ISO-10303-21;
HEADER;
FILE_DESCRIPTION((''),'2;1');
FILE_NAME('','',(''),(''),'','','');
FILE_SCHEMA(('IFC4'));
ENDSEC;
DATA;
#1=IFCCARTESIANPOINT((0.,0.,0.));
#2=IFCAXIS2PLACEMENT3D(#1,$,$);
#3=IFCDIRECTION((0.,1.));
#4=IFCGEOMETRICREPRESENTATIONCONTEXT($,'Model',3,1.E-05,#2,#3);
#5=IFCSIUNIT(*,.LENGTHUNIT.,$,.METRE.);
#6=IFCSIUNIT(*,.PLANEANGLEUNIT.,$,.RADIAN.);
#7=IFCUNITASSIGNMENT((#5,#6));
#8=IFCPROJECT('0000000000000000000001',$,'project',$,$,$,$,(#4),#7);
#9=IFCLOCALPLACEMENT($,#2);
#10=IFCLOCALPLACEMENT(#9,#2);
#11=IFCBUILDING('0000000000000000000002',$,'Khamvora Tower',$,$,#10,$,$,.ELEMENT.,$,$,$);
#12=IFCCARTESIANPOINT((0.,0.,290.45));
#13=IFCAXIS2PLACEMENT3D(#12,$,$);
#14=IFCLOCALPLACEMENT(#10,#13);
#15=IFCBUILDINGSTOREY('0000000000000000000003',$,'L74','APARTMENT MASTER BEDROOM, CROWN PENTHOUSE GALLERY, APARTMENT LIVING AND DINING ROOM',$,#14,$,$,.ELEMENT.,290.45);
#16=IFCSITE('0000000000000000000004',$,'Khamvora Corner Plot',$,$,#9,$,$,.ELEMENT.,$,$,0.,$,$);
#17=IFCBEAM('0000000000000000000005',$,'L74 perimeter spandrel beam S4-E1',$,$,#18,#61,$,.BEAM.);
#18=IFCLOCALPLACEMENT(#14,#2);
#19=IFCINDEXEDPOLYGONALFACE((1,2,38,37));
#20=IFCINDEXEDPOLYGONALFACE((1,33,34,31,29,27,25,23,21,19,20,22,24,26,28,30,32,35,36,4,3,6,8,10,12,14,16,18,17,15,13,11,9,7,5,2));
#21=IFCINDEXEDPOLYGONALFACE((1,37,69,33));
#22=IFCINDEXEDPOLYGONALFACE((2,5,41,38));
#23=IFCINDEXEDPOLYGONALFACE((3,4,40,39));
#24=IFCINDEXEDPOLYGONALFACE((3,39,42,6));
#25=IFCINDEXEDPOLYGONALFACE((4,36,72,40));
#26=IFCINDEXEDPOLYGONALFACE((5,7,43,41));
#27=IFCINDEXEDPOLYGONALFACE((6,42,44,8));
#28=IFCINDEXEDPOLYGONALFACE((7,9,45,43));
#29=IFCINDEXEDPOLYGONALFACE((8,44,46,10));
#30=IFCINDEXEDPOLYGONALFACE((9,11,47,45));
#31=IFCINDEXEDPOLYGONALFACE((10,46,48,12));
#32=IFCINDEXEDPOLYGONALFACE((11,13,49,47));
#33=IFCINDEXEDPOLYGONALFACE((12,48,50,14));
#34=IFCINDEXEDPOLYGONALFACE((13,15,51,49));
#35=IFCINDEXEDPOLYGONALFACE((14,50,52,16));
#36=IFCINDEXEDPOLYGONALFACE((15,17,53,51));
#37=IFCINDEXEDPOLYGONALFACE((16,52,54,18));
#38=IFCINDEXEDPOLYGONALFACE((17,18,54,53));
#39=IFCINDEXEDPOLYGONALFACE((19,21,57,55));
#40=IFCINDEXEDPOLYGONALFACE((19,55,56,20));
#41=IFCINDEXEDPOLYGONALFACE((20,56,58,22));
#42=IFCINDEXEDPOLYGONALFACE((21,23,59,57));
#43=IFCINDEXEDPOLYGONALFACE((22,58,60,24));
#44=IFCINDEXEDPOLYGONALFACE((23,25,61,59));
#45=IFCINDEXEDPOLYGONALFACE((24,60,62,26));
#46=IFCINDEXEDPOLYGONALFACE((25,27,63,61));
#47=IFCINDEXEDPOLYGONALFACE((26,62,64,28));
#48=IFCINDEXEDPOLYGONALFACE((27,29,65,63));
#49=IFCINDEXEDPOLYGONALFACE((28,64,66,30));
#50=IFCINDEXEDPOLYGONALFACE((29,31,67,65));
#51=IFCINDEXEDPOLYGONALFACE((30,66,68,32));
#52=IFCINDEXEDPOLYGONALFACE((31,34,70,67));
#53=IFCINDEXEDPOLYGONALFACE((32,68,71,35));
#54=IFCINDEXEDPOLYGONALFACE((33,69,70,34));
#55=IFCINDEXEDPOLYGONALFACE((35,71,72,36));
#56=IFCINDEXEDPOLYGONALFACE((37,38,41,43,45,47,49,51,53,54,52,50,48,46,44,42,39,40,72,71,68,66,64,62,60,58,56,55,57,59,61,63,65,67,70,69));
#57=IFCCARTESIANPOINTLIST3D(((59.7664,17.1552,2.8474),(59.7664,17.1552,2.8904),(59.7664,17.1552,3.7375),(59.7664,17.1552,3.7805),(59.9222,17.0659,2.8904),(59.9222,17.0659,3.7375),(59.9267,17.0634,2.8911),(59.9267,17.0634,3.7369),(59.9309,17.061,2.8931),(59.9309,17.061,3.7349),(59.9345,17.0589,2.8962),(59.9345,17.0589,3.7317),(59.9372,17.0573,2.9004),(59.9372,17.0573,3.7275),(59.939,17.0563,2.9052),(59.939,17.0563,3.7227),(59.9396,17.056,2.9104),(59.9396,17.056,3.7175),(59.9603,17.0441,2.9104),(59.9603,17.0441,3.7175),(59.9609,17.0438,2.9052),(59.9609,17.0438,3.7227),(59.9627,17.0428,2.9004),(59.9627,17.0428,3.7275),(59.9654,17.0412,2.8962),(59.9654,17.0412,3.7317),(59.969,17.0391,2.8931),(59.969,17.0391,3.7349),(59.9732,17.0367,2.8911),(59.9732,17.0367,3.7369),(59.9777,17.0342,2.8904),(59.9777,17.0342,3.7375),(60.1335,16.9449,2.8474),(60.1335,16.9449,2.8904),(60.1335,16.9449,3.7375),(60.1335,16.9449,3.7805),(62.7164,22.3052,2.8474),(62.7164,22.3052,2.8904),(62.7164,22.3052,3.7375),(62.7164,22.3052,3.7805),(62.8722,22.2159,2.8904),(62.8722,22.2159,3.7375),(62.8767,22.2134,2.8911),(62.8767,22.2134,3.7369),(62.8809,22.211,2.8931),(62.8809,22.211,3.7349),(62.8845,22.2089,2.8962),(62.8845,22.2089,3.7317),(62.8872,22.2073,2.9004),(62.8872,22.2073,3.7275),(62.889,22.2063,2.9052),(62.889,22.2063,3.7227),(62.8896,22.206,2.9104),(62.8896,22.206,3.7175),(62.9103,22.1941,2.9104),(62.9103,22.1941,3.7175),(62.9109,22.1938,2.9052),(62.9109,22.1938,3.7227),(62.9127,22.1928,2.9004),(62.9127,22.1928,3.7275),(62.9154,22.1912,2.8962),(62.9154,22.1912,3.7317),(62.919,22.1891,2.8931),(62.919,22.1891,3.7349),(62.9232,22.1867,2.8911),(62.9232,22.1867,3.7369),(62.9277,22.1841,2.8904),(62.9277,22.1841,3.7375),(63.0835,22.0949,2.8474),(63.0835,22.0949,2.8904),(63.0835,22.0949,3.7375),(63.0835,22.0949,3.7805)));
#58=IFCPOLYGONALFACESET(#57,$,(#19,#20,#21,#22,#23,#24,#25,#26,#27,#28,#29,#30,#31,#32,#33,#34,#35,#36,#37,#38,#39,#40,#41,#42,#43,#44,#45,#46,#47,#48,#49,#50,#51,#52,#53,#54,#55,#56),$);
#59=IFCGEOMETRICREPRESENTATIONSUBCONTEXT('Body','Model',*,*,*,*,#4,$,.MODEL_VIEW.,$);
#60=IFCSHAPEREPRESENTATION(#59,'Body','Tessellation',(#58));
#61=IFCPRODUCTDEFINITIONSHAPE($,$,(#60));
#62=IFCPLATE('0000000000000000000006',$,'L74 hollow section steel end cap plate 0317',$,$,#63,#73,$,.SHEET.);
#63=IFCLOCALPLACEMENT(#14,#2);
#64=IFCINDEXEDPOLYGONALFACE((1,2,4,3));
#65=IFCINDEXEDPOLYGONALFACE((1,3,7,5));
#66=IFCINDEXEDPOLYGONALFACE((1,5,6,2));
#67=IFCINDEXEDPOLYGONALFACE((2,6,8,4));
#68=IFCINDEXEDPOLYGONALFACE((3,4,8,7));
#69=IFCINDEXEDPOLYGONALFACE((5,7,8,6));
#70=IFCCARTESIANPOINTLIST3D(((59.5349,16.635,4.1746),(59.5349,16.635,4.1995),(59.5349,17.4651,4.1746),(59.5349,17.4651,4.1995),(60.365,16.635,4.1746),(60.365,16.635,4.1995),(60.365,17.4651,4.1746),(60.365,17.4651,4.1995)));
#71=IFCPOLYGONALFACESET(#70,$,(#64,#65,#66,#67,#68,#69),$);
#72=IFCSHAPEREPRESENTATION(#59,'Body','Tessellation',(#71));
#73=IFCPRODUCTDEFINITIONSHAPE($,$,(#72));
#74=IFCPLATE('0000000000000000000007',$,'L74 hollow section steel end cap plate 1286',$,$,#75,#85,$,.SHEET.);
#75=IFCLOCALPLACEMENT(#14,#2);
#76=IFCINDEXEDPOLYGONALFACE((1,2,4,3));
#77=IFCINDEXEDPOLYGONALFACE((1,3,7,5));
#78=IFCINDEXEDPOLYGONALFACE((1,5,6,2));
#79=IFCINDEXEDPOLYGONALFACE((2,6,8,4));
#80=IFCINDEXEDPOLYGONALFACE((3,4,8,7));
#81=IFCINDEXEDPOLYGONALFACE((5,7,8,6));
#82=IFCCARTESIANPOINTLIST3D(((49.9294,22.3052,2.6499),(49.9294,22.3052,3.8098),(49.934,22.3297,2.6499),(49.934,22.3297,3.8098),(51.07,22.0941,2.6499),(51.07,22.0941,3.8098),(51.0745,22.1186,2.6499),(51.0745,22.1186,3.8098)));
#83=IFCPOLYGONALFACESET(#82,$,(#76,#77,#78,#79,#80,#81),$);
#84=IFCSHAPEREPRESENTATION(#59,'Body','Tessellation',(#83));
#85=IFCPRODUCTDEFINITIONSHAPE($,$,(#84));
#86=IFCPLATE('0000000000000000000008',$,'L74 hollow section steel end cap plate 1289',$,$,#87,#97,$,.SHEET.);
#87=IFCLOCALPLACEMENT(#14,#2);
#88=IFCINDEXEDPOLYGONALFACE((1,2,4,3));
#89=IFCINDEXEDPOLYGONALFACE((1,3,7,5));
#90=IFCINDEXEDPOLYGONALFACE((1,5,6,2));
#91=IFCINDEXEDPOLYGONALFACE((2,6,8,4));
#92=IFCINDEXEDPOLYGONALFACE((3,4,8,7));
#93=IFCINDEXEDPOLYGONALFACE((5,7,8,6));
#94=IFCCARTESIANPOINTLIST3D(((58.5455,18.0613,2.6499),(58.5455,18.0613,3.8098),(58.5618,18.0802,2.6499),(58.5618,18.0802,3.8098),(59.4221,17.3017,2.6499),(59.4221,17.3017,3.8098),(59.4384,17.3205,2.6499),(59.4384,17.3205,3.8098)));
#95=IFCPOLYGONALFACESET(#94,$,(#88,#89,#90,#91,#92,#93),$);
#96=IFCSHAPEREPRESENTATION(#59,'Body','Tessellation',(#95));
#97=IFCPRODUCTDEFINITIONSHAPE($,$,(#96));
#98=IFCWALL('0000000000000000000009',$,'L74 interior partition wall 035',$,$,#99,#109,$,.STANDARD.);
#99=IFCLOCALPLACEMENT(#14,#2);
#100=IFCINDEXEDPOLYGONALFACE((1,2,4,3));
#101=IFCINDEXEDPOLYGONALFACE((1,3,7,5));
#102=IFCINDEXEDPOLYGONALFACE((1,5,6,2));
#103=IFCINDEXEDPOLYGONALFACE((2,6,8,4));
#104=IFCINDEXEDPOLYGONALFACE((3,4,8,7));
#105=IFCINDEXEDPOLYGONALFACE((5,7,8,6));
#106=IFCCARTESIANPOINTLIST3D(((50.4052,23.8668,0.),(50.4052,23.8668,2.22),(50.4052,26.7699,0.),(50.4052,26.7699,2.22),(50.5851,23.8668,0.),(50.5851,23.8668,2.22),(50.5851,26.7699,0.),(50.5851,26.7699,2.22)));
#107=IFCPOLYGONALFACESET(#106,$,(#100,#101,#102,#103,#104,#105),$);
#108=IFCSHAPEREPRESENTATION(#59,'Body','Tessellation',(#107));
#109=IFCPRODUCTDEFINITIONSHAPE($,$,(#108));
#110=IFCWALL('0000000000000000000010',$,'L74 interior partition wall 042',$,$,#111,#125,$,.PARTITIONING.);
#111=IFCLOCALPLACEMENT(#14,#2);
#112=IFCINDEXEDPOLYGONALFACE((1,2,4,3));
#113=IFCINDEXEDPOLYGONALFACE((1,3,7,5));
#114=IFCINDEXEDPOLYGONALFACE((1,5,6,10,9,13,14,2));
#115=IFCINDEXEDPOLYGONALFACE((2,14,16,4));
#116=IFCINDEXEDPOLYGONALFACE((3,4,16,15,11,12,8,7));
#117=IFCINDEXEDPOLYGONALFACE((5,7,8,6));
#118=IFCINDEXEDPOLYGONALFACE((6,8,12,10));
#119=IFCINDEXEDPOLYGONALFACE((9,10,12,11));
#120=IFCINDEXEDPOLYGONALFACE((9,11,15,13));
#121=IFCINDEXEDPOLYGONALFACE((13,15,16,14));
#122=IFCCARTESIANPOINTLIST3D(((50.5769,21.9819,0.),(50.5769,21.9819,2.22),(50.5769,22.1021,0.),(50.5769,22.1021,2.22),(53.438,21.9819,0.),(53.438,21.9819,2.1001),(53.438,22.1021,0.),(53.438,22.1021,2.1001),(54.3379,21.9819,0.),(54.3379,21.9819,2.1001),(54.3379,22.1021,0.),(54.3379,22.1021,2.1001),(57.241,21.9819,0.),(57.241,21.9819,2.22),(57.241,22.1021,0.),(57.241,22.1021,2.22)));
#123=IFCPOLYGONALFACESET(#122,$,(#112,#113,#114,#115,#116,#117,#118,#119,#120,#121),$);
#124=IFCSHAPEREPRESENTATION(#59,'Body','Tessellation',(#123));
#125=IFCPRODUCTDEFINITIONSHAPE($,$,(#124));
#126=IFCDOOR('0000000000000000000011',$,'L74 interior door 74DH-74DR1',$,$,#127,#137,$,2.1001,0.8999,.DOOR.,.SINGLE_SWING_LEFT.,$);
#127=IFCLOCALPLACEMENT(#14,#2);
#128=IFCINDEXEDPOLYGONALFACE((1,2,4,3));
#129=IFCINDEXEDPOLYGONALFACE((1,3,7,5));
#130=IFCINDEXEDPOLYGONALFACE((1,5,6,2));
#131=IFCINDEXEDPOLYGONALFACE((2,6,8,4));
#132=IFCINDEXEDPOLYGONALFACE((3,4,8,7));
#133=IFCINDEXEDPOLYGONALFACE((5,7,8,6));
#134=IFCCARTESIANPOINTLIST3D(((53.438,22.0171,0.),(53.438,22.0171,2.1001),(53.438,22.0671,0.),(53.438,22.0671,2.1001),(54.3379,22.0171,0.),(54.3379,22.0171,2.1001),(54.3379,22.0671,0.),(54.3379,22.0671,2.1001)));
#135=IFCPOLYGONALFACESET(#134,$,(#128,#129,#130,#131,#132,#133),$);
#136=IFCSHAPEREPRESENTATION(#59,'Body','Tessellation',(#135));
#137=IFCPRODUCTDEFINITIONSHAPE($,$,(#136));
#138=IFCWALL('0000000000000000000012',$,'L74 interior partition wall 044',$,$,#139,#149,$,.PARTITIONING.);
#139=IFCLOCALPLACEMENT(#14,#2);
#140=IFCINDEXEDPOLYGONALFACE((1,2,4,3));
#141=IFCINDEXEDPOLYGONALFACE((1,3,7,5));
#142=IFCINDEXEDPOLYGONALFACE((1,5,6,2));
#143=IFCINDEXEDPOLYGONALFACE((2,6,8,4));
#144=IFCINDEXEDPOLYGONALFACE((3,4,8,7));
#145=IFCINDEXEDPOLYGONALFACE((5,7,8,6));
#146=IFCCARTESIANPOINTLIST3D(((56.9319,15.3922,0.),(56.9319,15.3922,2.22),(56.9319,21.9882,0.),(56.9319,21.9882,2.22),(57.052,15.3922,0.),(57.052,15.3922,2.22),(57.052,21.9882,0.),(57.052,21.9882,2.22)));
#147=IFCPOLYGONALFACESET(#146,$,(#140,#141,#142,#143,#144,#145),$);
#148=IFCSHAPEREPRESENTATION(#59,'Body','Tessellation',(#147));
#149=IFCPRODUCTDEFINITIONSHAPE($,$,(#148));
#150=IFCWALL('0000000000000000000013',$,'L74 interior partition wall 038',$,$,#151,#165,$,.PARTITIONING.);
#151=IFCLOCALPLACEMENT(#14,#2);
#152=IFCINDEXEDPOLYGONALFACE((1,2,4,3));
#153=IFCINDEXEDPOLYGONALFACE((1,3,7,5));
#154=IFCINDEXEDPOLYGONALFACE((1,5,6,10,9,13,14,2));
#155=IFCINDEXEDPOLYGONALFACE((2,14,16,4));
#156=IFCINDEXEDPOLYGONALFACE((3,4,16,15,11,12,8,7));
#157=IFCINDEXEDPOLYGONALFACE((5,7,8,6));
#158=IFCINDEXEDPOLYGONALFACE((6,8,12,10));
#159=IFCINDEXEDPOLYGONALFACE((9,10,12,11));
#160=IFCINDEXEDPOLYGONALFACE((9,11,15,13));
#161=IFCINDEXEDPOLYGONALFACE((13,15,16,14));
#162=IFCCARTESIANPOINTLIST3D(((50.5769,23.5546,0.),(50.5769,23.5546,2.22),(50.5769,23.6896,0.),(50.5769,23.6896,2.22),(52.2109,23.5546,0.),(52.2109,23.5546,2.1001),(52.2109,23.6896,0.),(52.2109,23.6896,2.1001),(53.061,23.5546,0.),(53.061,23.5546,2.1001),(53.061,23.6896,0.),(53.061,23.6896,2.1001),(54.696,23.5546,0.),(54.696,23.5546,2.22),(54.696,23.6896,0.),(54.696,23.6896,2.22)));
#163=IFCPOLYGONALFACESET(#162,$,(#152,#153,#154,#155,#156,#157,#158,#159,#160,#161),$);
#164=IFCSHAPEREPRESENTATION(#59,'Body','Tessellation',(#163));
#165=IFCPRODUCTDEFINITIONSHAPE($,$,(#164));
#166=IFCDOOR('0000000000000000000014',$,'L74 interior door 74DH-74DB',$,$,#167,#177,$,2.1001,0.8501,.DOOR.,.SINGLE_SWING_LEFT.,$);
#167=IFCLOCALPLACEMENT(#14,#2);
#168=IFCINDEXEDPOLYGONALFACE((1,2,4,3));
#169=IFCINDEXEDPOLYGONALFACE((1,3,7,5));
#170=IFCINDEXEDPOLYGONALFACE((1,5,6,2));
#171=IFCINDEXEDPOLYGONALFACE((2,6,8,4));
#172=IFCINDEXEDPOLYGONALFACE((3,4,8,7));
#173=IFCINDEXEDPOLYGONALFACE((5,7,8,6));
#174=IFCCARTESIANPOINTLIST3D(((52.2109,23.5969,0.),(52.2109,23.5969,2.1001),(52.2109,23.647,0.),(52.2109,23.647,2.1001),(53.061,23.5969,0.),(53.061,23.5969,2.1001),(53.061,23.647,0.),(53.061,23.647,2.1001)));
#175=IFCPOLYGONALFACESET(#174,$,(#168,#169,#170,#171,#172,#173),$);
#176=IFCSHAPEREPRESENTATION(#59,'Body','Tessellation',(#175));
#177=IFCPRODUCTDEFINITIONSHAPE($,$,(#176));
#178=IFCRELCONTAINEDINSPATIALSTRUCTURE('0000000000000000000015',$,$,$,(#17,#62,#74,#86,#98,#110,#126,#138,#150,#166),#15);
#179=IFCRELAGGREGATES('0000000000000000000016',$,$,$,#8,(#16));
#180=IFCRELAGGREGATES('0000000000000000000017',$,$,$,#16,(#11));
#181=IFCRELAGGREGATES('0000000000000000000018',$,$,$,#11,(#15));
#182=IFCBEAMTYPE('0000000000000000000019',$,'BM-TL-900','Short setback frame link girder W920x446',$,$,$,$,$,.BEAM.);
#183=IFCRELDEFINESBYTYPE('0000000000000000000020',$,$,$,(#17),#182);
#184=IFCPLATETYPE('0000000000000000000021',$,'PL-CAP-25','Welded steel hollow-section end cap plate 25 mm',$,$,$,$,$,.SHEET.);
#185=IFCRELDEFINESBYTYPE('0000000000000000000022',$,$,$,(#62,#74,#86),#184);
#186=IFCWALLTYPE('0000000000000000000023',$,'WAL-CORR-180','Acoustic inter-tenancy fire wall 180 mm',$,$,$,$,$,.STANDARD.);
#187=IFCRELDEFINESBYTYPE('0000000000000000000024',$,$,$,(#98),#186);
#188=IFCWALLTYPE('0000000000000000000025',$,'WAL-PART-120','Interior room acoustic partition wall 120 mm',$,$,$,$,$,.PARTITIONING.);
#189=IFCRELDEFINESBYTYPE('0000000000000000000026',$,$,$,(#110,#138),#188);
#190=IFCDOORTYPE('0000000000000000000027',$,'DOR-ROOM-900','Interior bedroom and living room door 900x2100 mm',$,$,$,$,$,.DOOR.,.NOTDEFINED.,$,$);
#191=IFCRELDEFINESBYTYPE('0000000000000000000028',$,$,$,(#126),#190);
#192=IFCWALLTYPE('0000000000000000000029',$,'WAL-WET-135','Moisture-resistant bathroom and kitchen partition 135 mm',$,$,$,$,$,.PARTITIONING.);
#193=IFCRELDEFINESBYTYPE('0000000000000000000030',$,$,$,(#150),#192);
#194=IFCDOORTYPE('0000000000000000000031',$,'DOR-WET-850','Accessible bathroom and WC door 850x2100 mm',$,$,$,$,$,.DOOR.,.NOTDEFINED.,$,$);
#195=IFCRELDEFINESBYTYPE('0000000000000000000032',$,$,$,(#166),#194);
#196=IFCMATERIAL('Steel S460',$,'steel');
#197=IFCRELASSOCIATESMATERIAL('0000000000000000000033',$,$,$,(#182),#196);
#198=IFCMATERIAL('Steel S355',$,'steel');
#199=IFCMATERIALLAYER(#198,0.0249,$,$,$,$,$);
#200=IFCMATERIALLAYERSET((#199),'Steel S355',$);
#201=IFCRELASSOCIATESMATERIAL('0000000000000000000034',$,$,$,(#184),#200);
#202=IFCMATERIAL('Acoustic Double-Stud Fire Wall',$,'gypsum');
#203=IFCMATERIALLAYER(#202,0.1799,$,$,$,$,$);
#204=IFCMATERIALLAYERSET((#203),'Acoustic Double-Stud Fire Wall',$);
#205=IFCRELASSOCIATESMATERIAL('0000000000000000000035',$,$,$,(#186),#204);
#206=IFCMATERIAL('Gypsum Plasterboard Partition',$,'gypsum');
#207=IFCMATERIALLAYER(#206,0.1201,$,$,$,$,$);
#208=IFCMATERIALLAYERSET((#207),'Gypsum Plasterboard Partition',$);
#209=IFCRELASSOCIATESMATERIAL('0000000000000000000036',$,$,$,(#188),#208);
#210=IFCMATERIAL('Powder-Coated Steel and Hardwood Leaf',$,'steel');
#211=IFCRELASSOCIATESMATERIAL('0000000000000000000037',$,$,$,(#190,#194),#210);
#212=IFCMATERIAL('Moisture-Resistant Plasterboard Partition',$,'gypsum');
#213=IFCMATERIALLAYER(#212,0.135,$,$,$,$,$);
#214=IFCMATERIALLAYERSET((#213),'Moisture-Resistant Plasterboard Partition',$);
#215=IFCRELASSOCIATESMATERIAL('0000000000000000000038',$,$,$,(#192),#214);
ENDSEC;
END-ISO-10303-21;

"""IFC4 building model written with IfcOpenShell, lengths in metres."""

from ifc_helpers import new_model, si_unit, direction, frame, frame_2d, origin, origin_2d, place, context, subcontext, project, spatial, rectangle, i_section, extrude, material, layer, layer_set, material_profile, profile_set, type_object, element, fill, save


model = new_model("IFC4")

# Units and contexts
model_context = context("Model", 3, precision=1e-05, world=origin(), true_north=direction((0.0, 1.0)))
body_context = subcontext(model_context, "Body", "Model", "MODEL_VIEW")
ifc_project = project(units=[si_unit("LENGTHUNIT", "METRE"), si_unit("PLANEANGLEUNIT", "RADIAN")], contexts=[model_context])

# Site, building, storey
site_placement = place(None, origin())
site = spatial("IfcSite", under=ifc_project, at=site_placement, Name="Khamvora Corner Plot", CompositionType="ELEMENT", RefElevation=0.0)
building_placement = place(site_placement, origin())
building = spatial("IfcBuilding", under=site, at=building_placement, Name="Khamvora Tower", CompositionType="ELEMENT")
storey_placement = place(building_placement, frame((0.0, 0.0, 290.45)))
storey = spatial("IfcBuildingStorey", under=building, at=storey_placement, Name="L74", Description="APARTMENT MASTER BEDROOM, CROWN PENTHOUSE GALLERY, APARTMENT LIVING AND DINING ROOM", CompositionType="ELEMENT", Elevation=290.45)

# Shared definitions
ifc_material_1 = material(Name="Steel S355", Category="steel")

# Beam
ifc_material_2 = material(Name="Steel S460", Category="steel")
ifc_material_profile_1 = material_profile(ifc_material_2, i_section(OverallWidth=0.4231, OverallDepth=0.9331, WebThickness=0.0239, FlangeThickness=0.043, FilletRadius=0.02, at=origin_2d()), Name="W920x446")
ifc_profile_set_1 = profile_set([ifc_material_profile_1], Name="Steel S460")
beam_type_1 = type_object("IfcBeamType", Name="BM-TL-900", Description="Short setback frame link girder W920x446", PredefinedType="BEAM", material=ifc_profile_set_1)
beam_1_placement = place(storey_placement, frame((59.95, 17.05, 3.314), z_axis=(0.497047, 0.867724, 0.0), x_axis=(-0.867724, 0.497047, 0.0)))
element("IfcBeam", 1, at=beam_1_placement, inside=storey, type_object=beam_type_1, Name="L74 perimeter spandrel beam S4-E1", PredefinedType="BEAM", context=body_context, shape_type="SweptSolid", body=[
    extrude(i_section(OverallWidth=0.4231, OverallDepth=0.9331, WebThickness=0.0239, FlangeThickness=0.043, FilletRadius=0.02, at=origin_2d()), origin(), (0.0, 0.0, 1.0), 5.9351),
])

# Plates
ifc_layer_1 = layer(ifc_material_1, 0.0249)
ifc_layer_set_1 = layer_set([ifc_layer_1], Name="Steel S355")
plate_type = type_object("IfcPlateType", Name="PL-CAP-25", Description="Welded steel hollow-section end cap plate 25 mm", PredefinedType="SHEET", material=ifc_layer_set_1)
plate_placement = place(storey_placement, frame((59.95, 17.05, 4.1746), z_axis=(0.0, 0.0, 1.0), x_axis=(1.0, 0.0, 0.0)))
element("IfcPlate", 2, at=plate_placement, inside=storey, type_object=plate_type, Name="L74 hollow section steel end cap plate 0317", PredefinedType="SHEET", context=body_context, shape_type="SweptSolid", body=[
    extrude(rectangle(XDim=0.8301, YDim=0.8301, at=origin_2d()), origin(), (0.0, 0.0, 1.0), 0.0249),
])
for number, where, z_axis, x_axis, name in (
    (3, (50.502, 22.2119, 2.6499), (0.0, 0.0, 1.0), (-0.182012, -0.983296, 0.0), "L74 hollow section steel end cap plate 1286"),
    (4, (58.9919, 17.6909, 2.6499), (0.0, 0.0, 1.0), (-0.654925, -0.755693, 0.0), "L74 hollow section steel end cap plate 1289"),
):
    element("IfcPlate", number, at=place(storey_placement, frame(where, z_axis=z_axis, x_axis=x_axis)), inside=storey, type_object=plate_type, Name=name, PredefinedType="SHEET", context=body_context, shape_type="SweptSolid", body=[
        extrude(rectangle(XDim=0.0249, YDim=1.1599, at=origin_2d()), origin(), (0.0, 0.0, 1.0), 1.1599),
    ])

# Wall
ifc_material_3 = material(Name="Acoustic Double-Stud Fire Wall", Category="gypsum")
ifc_layer_2 = layer(ifc_material_3, 0.1799)
ifc_layer_set_2 = layer_set([ifc_layer_2], Name="Acoustic Double-Stud Fire Wall")
wall_type_1 = type_object("IfcWallType", Name="WAL-CORR-180", Description="Acoustic inter-tenancy fire wall 180 mm", PredefinedType="STANDARD", material=ifc_layer_set_2)
wall_1_placement = place(storey_placement, frame((50.4951, 26.77, 0.0), z_axis=(0.0, 0.0, 1.0), x_axis=(0.0, -1.0, 0.0)))
element("IfcWall", 5, at=wall_1_placement, inside=storey, type_object=wall_type_1, Name="L74 interior partition wall 035", PredefinedType="STANDARD", context=body_context, shape_type="SweptSolid", body=[
    extrude(rectangle(XDim=2.9031, YDim=0.1799, at=frame_2d((1.4517, 0.0))), origin(), (0.0, 0.0, 1.0), 2.22),
])

# Wall, opening, door
ifc_material_4 = material(Name="Gypsum Plasterboard Partition", Category="gypsum")
ifc_layer_3 = layer(ifc_material_4, 0.1201)
ifc_layer_set_3 = layer_set([ifc_layer_3], Name="Gypsum Plasterboard Partition")
wall_type_2 = type_object("IfcWallType", Name="WAL-PART-120", Description="Interior room acoustic partition wall 120 mm", PredefinedType="PARTITIONING", material=ifc_layer_set_3)
wall_2_placement = place(storey_placement, frame((57.241, 22.042, 0.0), z_axis=(0.0, 0.0, 1.0), x_axis=(-1.0, 0.0, 0.0)))
wall_2 = element("IfcWall", 6, at=wall_2_placement, inside=storey, type_object=wall_type_2, Name="L74 interior partition wall 042", PredefinedType="PARTITIONING", context=body_context, shape_type="SweptSolid", body=[
    extrude(rectangle(XDim=6.6641, YDim=0.1201, at=frame_2d((3.332, 0.0))), origin(), (0.0, 0.0, 1.0), 2.22),
])
opening_1_placement = place(wall_2_placement, frame((2.9031, 0.0, 0.0)))
opening_1 = element("IfcOpeningElement", 7, at=opening_1_placement, cuts=wall_2, PredefinedType="OPENING", context=body_context, shape_type="SweptSolid", body=[
    extrude(rectangle(XDim=0.8999, YDim=2.1001, at=frame_2d((0.45, 1.05))), frame((0.0, 0.0701, 0.0), z_axis=(0.0, -1.0, 0.0), x_axis=(1.0, 0.0, 0.0)), (0.0, 0.0, 1.0), 0.1401),
])
ifc_material_5 = material(Name="Powder-Coated Steel and Hardwood Leaf", Category="steel")
door_type_1 = type_object("IfcDoorType", Name="DOR-ROOM-900", Description="Interior bedroom and living room door 900x2100 mm", OperationType="NOTDEFINED", PredefinedType="DOOR", material=ifc_material_5)
door_1_placement = place(opening_1_placement, origin())
door_1 = element("IfcDoor", 8, at=door_1_placement, inside=storey, type_object=door_type_1, Name="L74 interior door 74DH-74DR1", OperationType="SINGLE_SWING_LEFT", OverallHeight=2.1001, OverallWidth=0.8999, PredefinedType="DOOR", context=body_context, shape_type="SweptSolid", body=[
    extrude(rectangle(XDim=0.8999, YDim=2.1001, at=frame_2d((0.45, 1.05))), frame((0.0, 0.0249, 0.0), z_axis=(0.0, -1.0, 0.0), x_axis=(1.0, 0.0, 0.0)), (0.0, 0.0, 1.0), 0.05),
])
fill(opening_1, door_1)

# Wall
wall_3_placement = place(storey_placement, frame((56.9919, 21.988, 0.0), z_axis=(0.0, 0.0, 1.0), x_axis=(0.0, -1.0, 0.0)))
element("IfcWall", 9, at=wall_3_placement, inside=storey, type_object=wall_type_2, Name="L74 interior partition wall 044", PredefinedType="PARTITIONING", context=body_context, shape_type="SweptSolid", body=[
    extrude(rectangle(XDim=6.5959, YDim=0.1201, at=frame_2d((3.2979, 0.0))), origin(), (0.0, 0.0, 1.0), 2.22),
])

# Wall, opening, door
ifc_material_6 = material(Name="Moisture-Resistant Plasterboard Partition", Category="gypsum")
ifc_layer_4 = layer(ifc_material_6, 0.135)
ifc_layer_set_4 = layer_set([ifc_layer_4], Name="Moisture-Resistant Plasterboard Partition")
wall_type_3 = type_object("IfcWallType", Name="WAL-WET-135", Description="Moisture-resistant bathroom and kitchen partition 135 mm", PredefinedType="PARTITIONING", material=ifc_layer_set_4)
wall_4_placement = place(storey_placement, frame((50.5769, 23.6221, 0.0), z_axis=(0.0, 0.0, 1.0), x_axis=(1.0, 0.0, 0.0)))
wall_4 = element("IfcWall", 10, at=wall_4_placement, inside=storey, type_object=wall_type_3, Name="L74 interior partition wall 038", PredefinedType="PARTITIONING", context=body_context, shape_type="SweptSolid", body=[
    extrude(rectangle(XDim=4.1191, YDim=0.135, at=frame_2d((2.0596, 0.0))), origin(), (0.0, 0.0, 1.0), 2.22),
])
opening_2_placement = place(wall_4_placement, frame((1.634, 0.0, 0.0)))
opening_2 = element("IfcOpeningElement", 11, at=opening_2_placement, cuts=wall_4, PredefinedType="OPENING", context=body_context, shape_type="SweptSolid", body=[
    extrude(rectangle(XDim=0.8501, YDim=2.1001, at=frame_2d((0.425, 1.05))), frame((0.0, 0.0774, 0.0), z_axis=(0.0, -1.0, 0.0), x_axis=(1.0, 0.0, 0.0)), (0.0, 0.0, 1.0), 0.155),
])
door_type_2 = type_object("IfcDoorType", Name="DOR-WET-850", Description="Accessible bathroom and WC door 850x2100 mm", OperationType="NOTDEFINED", PredefinedType="DOOR", material=ifc_material_5)
door_2_placement = place(opening_2_placement, origin())
door_2 = element("IfcDoor", 12, at=door_2_placement, inside=storey, type_object=door_type_2, Name="L74 interior door 74DH-74DB", OperationType="SINGLE_SWING_LEFT", OverallHeight=2.1001, OverallWidth=0.8501, PredefinedType="DOOR", context=body_context, shape_type="SweptSolid", body=[
    extrude(rectangle(XDim=0.8501, YDim=2.1001, at=frame_2d((0.425, 1.05))), frame((0.0, 0.0249, 0.0), z_axis=(0.0, -1.0, 0.0), x_axis=(1.0, 0.0, 0.0)), (0.0, 0.0, 1.0), 0.05),
])
fill(opening_2, door_2)

save(model, "model.ifc")
